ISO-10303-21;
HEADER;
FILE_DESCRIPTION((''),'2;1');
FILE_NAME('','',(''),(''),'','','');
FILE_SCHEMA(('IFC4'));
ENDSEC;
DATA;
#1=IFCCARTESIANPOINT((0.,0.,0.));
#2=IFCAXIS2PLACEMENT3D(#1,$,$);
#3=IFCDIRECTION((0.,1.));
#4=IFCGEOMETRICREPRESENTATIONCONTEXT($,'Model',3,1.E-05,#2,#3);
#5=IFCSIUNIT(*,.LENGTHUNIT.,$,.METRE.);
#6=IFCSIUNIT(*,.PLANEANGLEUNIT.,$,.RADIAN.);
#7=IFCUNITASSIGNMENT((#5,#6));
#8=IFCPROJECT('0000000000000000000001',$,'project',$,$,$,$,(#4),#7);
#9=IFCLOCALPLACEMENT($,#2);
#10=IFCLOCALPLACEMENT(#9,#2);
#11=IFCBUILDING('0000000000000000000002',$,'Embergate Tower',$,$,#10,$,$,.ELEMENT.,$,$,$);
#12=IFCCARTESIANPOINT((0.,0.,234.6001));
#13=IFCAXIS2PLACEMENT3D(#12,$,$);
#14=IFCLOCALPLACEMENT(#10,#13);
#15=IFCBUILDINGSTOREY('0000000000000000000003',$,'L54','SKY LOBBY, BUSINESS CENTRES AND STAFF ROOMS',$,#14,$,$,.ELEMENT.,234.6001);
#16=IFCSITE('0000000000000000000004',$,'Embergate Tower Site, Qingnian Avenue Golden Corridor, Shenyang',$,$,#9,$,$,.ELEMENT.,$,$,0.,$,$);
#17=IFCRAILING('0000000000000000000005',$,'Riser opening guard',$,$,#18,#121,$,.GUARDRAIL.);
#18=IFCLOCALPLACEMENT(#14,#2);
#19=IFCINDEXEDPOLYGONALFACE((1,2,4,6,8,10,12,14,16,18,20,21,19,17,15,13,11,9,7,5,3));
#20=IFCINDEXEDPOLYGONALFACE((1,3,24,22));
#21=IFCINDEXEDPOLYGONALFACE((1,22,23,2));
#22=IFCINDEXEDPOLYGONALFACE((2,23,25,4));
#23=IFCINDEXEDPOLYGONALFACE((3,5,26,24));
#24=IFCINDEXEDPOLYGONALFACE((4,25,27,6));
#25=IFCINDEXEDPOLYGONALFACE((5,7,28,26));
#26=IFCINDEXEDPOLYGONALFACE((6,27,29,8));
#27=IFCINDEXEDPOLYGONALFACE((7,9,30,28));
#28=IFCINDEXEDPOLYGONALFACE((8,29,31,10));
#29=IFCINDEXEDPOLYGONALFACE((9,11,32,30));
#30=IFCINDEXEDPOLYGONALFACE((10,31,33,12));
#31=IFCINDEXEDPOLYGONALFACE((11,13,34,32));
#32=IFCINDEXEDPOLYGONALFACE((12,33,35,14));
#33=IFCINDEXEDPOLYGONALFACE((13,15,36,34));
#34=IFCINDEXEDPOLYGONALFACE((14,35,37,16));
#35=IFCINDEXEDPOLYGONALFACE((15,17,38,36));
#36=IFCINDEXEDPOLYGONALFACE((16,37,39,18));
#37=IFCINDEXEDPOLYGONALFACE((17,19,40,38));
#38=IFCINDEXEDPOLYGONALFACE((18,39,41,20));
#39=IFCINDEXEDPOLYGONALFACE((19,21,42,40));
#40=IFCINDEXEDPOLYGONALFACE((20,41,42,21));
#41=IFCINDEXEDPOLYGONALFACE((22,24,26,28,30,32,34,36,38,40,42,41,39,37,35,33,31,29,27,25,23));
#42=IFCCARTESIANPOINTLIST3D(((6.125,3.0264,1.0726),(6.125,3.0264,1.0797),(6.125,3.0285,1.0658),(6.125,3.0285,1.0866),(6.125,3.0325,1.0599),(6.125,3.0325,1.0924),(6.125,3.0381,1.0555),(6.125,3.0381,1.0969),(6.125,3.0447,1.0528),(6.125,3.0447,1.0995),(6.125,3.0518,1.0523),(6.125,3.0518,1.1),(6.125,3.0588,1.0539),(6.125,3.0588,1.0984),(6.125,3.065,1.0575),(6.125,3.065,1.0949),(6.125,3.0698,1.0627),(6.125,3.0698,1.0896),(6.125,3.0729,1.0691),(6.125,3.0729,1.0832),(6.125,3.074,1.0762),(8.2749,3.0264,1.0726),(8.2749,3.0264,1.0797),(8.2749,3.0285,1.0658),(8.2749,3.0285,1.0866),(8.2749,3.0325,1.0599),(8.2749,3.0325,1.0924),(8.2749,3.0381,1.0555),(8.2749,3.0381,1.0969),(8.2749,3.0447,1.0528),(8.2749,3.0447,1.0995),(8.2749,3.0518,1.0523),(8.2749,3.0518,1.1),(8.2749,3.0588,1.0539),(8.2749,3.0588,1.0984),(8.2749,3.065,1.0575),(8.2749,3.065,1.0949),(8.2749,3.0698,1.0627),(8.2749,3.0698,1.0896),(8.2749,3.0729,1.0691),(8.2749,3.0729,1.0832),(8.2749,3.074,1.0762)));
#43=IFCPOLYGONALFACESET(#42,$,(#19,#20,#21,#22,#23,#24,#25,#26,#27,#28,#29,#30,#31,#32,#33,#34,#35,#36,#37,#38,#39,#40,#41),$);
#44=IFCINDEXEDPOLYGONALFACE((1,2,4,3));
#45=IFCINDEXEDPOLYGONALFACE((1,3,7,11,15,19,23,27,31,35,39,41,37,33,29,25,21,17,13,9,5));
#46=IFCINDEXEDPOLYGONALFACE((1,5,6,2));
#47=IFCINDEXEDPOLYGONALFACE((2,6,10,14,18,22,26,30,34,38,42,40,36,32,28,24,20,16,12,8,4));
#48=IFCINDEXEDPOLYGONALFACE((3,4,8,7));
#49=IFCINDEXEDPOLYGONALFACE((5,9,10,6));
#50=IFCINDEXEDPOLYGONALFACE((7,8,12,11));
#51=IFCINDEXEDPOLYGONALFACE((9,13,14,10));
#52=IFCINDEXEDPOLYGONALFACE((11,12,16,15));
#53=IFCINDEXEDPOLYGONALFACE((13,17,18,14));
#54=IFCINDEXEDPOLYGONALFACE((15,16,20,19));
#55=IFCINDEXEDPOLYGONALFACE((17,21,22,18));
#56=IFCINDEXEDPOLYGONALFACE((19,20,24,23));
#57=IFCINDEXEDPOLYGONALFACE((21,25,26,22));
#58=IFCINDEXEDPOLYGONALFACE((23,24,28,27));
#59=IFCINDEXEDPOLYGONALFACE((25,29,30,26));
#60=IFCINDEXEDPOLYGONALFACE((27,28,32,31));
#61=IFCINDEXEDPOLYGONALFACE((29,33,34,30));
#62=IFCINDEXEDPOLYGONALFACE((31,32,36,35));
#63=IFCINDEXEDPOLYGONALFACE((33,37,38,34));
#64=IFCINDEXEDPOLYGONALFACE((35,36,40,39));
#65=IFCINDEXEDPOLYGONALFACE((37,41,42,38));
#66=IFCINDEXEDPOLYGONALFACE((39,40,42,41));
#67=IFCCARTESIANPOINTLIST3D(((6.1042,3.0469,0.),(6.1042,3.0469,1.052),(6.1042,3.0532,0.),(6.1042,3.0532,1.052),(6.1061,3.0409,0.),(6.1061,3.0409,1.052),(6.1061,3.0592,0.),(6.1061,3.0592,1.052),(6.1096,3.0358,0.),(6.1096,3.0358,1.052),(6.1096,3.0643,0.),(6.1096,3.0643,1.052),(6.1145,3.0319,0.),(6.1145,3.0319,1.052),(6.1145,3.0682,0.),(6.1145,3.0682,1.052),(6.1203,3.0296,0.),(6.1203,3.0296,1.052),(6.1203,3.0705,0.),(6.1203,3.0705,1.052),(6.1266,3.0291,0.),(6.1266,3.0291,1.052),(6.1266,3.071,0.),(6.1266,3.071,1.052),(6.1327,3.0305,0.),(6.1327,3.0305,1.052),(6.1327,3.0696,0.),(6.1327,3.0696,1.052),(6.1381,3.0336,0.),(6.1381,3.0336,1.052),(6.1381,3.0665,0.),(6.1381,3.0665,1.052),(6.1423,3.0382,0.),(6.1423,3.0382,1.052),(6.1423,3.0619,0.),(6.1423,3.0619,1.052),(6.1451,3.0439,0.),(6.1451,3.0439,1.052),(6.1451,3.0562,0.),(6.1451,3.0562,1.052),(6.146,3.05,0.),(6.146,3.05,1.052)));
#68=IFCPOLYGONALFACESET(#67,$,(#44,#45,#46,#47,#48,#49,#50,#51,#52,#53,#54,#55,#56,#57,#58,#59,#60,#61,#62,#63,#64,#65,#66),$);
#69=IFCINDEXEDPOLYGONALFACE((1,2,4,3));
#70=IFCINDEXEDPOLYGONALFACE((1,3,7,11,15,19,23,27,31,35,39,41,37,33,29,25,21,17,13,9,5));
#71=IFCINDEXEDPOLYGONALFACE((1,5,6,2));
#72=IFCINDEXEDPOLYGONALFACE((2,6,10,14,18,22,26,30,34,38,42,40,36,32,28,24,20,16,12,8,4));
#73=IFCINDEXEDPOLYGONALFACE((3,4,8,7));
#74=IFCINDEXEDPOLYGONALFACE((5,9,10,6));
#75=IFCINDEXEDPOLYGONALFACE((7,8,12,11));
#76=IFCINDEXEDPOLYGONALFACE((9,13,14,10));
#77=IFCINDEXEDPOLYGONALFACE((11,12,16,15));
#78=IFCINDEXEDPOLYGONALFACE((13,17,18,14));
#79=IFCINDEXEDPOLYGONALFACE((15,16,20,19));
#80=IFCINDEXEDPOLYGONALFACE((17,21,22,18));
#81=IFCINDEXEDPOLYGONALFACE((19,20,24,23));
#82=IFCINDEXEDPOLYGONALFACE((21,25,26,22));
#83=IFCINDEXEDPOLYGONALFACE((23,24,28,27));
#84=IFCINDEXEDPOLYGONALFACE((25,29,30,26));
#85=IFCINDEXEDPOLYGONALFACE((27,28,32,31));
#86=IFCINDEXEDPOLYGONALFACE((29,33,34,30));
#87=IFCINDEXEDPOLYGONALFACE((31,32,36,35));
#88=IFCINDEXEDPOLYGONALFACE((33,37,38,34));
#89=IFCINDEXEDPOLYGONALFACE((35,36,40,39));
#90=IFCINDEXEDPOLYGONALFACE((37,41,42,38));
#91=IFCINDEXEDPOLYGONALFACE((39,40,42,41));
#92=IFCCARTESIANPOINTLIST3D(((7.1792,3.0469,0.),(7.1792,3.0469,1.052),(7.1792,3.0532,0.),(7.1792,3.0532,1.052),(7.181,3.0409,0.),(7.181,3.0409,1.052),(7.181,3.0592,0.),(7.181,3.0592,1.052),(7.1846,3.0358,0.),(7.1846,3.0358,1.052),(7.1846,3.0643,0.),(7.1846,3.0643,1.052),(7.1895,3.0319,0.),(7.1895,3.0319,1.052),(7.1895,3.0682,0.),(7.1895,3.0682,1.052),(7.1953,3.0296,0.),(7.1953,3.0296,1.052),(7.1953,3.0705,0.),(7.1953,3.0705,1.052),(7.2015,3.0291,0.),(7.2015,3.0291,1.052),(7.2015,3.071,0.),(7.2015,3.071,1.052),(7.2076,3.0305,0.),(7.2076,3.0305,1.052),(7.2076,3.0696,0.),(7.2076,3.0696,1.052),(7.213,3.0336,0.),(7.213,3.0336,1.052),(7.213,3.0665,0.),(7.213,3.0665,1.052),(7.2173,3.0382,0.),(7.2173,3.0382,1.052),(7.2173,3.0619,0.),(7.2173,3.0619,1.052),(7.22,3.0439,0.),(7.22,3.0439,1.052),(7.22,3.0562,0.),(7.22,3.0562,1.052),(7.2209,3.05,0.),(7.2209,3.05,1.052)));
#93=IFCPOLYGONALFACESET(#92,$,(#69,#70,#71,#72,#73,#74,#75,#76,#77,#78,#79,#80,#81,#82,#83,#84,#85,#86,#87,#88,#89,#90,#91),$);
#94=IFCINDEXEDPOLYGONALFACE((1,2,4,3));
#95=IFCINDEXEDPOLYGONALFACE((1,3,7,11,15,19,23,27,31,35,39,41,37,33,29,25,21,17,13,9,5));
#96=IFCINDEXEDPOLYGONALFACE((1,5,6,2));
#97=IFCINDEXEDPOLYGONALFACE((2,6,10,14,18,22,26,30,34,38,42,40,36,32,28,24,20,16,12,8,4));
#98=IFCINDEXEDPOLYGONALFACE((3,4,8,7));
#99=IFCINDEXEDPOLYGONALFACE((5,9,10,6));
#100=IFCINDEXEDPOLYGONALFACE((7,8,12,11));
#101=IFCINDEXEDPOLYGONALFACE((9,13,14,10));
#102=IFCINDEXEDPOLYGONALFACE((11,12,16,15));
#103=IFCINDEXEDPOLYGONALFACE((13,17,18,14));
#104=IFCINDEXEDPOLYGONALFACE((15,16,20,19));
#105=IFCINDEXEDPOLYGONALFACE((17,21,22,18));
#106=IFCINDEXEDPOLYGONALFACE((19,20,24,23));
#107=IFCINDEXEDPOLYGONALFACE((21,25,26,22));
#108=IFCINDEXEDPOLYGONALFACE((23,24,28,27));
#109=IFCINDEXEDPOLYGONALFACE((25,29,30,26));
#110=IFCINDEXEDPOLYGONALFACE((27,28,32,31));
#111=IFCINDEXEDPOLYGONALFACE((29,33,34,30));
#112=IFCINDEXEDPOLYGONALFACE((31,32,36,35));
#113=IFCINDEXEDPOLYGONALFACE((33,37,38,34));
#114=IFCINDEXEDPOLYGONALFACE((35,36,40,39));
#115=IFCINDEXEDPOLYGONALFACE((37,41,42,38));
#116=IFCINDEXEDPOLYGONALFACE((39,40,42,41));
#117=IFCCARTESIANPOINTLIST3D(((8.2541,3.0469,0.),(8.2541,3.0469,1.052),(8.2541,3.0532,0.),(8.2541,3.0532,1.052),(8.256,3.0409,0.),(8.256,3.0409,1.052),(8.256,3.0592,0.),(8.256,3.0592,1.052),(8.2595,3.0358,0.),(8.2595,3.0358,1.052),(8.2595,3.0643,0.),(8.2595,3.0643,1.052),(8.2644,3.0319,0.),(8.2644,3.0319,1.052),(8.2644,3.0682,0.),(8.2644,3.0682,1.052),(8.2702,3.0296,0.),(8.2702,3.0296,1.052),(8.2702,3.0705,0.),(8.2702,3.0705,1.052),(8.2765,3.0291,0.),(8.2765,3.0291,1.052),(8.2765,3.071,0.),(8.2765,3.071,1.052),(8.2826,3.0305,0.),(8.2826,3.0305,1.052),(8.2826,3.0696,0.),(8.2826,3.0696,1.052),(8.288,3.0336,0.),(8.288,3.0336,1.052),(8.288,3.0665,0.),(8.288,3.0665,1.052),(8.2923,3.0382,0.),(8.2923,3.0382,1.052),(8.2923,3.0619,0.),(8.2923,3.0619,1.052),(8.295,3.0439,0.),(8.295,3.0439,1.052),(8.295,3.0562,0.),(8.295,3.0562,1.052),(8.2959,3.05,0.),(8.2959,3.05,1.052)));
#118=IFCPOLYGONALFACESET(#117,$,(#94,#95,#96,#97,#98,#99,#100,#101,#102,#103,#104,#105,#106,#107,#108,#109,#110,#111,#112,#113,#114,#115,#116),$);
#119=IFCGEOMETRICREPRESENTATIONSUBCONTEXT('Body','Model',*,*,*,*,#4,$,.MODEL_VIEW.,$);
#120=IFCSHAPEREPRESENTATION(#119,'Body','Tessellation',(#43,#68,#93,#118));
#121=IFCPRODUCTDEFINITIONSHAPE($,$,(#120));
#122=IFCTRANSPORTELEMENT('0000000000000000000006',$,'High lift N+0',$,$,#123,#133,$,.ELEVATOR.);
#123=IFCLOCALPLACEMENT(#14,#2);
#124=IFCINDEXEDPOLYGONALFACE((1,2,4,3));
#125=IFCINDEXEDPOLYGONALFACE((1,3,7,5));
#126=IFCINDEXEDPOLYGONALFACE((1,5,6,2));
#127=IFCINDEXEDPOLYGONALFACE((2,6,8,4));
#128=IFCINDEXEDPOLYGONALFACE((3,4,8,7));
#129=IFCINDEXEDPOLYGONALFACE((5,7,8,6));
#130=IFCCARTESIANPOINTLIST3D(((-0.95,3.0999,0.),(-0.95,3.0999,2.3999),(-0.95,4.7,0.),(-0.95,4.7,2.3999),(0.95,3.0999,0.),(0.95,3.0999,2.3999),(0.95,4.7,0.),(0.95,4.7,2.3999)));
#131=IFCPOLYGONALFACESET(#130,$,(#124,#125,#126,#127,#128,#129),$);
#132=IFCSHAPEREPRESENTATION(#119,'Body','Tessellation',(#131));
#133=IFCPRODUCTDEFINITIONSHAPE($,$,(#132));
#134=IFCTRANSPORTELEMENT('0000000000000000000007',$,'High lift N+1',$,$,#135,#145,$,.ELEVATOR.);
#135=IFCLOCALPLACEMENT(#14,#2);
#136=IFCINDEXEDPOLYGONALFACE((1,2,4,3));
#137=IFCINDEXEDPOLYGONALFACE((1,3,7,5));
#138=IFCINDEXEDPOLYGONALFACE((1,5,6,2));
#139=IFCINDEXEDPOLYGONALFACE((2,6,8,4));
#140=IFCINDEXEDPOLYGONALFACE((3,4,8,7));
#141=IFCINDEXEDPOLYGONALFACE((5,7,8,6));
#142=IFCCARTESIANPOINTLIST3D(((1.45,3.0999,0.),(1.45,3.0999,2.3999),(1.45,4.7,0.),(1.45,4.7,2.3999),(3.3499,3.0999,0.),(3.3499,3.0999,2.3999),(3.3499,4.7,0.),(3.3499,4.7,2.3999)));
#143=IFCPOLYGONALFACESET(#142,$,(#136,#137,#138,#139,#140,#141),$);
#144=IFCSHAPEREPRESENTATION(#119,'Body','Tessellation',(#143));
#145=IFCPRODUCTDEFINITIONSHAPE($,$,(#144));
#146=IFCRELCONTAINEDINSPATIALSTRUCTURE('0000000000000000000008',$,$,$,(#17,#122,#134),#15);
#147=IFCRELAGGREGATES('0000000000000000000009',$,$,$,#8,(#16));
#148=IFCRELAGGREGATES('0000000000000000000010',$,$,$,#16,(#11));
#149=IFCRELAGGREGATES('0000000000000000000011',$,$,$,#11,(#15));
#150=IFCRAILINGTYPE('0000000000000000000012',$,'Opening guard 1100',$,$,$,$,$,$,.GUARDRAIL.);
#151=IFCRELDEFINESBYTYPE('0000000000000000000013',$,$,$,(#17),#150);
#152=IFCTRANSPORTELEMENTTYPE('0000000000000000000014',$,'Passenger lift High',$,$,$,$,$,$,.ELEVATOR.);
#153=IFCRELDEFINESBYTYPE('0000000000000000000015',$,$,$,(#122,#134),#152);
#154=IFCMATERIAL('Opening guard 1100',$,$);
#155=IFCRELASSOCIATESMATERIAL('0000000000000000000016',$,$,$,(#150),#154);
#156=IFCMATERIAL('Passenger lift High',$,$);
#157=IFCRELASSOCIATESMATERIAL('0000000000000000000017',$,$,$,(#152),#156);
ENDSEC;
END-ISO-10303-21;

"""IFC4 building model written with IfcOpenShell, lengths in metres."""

from ifc_helpers import new_model, si_unit, direction, frame, origin, origin_2d, place, context, subcontext, project, spatial, rectangle, circle, extrude, source, transform, mapped, material, type_object, element, save


model = new_model("IFC4")

# Units and contexts
model_context = context("Model", 3, precision=1e-05, world=origin(), true_north=direction((0.0, 1.0)))
body_context = subcontext(model_context, "Body", "Model", "MODEL_VIEW")
ifc_project = project(units=[si_unit("LENGTHUNIT", "METRE"), si_unit("PLANEANGLEUNIT", "RADIAN")], contexts=[model_context])

# Site, building, storey
site_placement = place(None, origin())
site = spatial("IfcSite", under=ifc_project, at=site_placement, Name="Embergate Tower Site, Qingnian Avenue Golden Corridor, Shenyang", CompositionType="ELEMENT", RefElevation=0.0)
building_placement = place(site_placement, origin())
building = spatial("IfcBuilding", under=site, at=building_placement, Name="Embergate Tower", CompositionType="ELEMENT")
storey_placement = place(building_placement, frame((0.0, 0.0, 234.6001)))
storey = spatial("IfcBuildingStorey", under=building, at=storey_placement, Name="L54", Description="SKY LOBBY, BUSINESS CENTRES AND STAFF ROOMS", CompositionType="ELEMENT", Elevation=234.6001)

# Railing
ifc_material_1 = material(Name="Opening guard 1100")
railing_type = type_object("IfcRailingType", Name="Opening guard 1100", PredefinedType="GUARDRAIL", material=ifc_material_1)
shared_shape_1 = source(origin(), body_context, "Body", "SweptSolid", [
    extrude(circle(Radius=0.0239, at=origin_2d()), frame((0.0, 0.0, 1.0762), z_axis=(1.0, 0.0, 0.0), x_axis=(0.0, 1.0, 0.0)), (0.0, 0.0, 1.0), 2.1499),
    extrude(circle(Radius=0.021, at=origin_2d()), origin(), (0.0, 0.0, 1.0), 1.052),
    extrude(circle(Radius=0.021, at=origin_2d()), frame((1.075, 0.0, 0.0)), (0.0, 0.0, 1.0), 1.052),
    extrude(circle(Radius=0.021, at=origin_2d()), frame((2.1499, 0.0, 0.0)), (0.0, 0.0, 1.0), 1.052),
])
railing_placement = place(storey_placement, frame((6.125, 3.05, 0.0)))
element("IfcRailing", 1, at=railing_placement, inside=storey, type_object=railing_type, Name="Riser opening guard", PredefinedType="GUARDRAIL", context=body_context, shape_type="MappedRepresentation", body=[
    mapped(shared_shape_1, transform((0.0, 0.0, 0.0))),
])

# Transport elements
ifc_material_2 = material(Name="Passenger lift High")
transport_element_type = type_object("IfcTransportElementType", Name="Passenger lift High", PredefinedType="ELEVATOR", material=ifc_material_2)
shared_shape_2 = source(origin(), body_context, "Body", "SweptSolid", [
    extrude(rectangle(XDim=1.8999, YDim=1.6001, at=origin_2d()), origin(), (0.0, 0.0, 1.0), 2.3999),
])
for number, where, z_axis, x_axis, name in (
    (2, (0.0, 3.8999, 0.0), (0.0, 0.0, 1.0), (1.0, 0.0, 0.0), "High lift N+0"),
    (3, (2.3999, 3.8999, 0.0), (0.0, 0.0, 1.0), (1.0, 0.0, 0.0), "High lift N+1"),
):
    element("IfcTransportElement", number, at=place(storey_placement, frame(where, z_axis=z_axis, x_axis=x_axis)), inside=storey, type_object=transport_element_type, Name=name, PredefinedType="ELEVATOR", context=body_context, shape_type="MappedRepresentation", body=[
        mapped(shared_shape_2, transform((0.0, 0.0, 0.0))),
    ])

save(model, "model.ifc")
